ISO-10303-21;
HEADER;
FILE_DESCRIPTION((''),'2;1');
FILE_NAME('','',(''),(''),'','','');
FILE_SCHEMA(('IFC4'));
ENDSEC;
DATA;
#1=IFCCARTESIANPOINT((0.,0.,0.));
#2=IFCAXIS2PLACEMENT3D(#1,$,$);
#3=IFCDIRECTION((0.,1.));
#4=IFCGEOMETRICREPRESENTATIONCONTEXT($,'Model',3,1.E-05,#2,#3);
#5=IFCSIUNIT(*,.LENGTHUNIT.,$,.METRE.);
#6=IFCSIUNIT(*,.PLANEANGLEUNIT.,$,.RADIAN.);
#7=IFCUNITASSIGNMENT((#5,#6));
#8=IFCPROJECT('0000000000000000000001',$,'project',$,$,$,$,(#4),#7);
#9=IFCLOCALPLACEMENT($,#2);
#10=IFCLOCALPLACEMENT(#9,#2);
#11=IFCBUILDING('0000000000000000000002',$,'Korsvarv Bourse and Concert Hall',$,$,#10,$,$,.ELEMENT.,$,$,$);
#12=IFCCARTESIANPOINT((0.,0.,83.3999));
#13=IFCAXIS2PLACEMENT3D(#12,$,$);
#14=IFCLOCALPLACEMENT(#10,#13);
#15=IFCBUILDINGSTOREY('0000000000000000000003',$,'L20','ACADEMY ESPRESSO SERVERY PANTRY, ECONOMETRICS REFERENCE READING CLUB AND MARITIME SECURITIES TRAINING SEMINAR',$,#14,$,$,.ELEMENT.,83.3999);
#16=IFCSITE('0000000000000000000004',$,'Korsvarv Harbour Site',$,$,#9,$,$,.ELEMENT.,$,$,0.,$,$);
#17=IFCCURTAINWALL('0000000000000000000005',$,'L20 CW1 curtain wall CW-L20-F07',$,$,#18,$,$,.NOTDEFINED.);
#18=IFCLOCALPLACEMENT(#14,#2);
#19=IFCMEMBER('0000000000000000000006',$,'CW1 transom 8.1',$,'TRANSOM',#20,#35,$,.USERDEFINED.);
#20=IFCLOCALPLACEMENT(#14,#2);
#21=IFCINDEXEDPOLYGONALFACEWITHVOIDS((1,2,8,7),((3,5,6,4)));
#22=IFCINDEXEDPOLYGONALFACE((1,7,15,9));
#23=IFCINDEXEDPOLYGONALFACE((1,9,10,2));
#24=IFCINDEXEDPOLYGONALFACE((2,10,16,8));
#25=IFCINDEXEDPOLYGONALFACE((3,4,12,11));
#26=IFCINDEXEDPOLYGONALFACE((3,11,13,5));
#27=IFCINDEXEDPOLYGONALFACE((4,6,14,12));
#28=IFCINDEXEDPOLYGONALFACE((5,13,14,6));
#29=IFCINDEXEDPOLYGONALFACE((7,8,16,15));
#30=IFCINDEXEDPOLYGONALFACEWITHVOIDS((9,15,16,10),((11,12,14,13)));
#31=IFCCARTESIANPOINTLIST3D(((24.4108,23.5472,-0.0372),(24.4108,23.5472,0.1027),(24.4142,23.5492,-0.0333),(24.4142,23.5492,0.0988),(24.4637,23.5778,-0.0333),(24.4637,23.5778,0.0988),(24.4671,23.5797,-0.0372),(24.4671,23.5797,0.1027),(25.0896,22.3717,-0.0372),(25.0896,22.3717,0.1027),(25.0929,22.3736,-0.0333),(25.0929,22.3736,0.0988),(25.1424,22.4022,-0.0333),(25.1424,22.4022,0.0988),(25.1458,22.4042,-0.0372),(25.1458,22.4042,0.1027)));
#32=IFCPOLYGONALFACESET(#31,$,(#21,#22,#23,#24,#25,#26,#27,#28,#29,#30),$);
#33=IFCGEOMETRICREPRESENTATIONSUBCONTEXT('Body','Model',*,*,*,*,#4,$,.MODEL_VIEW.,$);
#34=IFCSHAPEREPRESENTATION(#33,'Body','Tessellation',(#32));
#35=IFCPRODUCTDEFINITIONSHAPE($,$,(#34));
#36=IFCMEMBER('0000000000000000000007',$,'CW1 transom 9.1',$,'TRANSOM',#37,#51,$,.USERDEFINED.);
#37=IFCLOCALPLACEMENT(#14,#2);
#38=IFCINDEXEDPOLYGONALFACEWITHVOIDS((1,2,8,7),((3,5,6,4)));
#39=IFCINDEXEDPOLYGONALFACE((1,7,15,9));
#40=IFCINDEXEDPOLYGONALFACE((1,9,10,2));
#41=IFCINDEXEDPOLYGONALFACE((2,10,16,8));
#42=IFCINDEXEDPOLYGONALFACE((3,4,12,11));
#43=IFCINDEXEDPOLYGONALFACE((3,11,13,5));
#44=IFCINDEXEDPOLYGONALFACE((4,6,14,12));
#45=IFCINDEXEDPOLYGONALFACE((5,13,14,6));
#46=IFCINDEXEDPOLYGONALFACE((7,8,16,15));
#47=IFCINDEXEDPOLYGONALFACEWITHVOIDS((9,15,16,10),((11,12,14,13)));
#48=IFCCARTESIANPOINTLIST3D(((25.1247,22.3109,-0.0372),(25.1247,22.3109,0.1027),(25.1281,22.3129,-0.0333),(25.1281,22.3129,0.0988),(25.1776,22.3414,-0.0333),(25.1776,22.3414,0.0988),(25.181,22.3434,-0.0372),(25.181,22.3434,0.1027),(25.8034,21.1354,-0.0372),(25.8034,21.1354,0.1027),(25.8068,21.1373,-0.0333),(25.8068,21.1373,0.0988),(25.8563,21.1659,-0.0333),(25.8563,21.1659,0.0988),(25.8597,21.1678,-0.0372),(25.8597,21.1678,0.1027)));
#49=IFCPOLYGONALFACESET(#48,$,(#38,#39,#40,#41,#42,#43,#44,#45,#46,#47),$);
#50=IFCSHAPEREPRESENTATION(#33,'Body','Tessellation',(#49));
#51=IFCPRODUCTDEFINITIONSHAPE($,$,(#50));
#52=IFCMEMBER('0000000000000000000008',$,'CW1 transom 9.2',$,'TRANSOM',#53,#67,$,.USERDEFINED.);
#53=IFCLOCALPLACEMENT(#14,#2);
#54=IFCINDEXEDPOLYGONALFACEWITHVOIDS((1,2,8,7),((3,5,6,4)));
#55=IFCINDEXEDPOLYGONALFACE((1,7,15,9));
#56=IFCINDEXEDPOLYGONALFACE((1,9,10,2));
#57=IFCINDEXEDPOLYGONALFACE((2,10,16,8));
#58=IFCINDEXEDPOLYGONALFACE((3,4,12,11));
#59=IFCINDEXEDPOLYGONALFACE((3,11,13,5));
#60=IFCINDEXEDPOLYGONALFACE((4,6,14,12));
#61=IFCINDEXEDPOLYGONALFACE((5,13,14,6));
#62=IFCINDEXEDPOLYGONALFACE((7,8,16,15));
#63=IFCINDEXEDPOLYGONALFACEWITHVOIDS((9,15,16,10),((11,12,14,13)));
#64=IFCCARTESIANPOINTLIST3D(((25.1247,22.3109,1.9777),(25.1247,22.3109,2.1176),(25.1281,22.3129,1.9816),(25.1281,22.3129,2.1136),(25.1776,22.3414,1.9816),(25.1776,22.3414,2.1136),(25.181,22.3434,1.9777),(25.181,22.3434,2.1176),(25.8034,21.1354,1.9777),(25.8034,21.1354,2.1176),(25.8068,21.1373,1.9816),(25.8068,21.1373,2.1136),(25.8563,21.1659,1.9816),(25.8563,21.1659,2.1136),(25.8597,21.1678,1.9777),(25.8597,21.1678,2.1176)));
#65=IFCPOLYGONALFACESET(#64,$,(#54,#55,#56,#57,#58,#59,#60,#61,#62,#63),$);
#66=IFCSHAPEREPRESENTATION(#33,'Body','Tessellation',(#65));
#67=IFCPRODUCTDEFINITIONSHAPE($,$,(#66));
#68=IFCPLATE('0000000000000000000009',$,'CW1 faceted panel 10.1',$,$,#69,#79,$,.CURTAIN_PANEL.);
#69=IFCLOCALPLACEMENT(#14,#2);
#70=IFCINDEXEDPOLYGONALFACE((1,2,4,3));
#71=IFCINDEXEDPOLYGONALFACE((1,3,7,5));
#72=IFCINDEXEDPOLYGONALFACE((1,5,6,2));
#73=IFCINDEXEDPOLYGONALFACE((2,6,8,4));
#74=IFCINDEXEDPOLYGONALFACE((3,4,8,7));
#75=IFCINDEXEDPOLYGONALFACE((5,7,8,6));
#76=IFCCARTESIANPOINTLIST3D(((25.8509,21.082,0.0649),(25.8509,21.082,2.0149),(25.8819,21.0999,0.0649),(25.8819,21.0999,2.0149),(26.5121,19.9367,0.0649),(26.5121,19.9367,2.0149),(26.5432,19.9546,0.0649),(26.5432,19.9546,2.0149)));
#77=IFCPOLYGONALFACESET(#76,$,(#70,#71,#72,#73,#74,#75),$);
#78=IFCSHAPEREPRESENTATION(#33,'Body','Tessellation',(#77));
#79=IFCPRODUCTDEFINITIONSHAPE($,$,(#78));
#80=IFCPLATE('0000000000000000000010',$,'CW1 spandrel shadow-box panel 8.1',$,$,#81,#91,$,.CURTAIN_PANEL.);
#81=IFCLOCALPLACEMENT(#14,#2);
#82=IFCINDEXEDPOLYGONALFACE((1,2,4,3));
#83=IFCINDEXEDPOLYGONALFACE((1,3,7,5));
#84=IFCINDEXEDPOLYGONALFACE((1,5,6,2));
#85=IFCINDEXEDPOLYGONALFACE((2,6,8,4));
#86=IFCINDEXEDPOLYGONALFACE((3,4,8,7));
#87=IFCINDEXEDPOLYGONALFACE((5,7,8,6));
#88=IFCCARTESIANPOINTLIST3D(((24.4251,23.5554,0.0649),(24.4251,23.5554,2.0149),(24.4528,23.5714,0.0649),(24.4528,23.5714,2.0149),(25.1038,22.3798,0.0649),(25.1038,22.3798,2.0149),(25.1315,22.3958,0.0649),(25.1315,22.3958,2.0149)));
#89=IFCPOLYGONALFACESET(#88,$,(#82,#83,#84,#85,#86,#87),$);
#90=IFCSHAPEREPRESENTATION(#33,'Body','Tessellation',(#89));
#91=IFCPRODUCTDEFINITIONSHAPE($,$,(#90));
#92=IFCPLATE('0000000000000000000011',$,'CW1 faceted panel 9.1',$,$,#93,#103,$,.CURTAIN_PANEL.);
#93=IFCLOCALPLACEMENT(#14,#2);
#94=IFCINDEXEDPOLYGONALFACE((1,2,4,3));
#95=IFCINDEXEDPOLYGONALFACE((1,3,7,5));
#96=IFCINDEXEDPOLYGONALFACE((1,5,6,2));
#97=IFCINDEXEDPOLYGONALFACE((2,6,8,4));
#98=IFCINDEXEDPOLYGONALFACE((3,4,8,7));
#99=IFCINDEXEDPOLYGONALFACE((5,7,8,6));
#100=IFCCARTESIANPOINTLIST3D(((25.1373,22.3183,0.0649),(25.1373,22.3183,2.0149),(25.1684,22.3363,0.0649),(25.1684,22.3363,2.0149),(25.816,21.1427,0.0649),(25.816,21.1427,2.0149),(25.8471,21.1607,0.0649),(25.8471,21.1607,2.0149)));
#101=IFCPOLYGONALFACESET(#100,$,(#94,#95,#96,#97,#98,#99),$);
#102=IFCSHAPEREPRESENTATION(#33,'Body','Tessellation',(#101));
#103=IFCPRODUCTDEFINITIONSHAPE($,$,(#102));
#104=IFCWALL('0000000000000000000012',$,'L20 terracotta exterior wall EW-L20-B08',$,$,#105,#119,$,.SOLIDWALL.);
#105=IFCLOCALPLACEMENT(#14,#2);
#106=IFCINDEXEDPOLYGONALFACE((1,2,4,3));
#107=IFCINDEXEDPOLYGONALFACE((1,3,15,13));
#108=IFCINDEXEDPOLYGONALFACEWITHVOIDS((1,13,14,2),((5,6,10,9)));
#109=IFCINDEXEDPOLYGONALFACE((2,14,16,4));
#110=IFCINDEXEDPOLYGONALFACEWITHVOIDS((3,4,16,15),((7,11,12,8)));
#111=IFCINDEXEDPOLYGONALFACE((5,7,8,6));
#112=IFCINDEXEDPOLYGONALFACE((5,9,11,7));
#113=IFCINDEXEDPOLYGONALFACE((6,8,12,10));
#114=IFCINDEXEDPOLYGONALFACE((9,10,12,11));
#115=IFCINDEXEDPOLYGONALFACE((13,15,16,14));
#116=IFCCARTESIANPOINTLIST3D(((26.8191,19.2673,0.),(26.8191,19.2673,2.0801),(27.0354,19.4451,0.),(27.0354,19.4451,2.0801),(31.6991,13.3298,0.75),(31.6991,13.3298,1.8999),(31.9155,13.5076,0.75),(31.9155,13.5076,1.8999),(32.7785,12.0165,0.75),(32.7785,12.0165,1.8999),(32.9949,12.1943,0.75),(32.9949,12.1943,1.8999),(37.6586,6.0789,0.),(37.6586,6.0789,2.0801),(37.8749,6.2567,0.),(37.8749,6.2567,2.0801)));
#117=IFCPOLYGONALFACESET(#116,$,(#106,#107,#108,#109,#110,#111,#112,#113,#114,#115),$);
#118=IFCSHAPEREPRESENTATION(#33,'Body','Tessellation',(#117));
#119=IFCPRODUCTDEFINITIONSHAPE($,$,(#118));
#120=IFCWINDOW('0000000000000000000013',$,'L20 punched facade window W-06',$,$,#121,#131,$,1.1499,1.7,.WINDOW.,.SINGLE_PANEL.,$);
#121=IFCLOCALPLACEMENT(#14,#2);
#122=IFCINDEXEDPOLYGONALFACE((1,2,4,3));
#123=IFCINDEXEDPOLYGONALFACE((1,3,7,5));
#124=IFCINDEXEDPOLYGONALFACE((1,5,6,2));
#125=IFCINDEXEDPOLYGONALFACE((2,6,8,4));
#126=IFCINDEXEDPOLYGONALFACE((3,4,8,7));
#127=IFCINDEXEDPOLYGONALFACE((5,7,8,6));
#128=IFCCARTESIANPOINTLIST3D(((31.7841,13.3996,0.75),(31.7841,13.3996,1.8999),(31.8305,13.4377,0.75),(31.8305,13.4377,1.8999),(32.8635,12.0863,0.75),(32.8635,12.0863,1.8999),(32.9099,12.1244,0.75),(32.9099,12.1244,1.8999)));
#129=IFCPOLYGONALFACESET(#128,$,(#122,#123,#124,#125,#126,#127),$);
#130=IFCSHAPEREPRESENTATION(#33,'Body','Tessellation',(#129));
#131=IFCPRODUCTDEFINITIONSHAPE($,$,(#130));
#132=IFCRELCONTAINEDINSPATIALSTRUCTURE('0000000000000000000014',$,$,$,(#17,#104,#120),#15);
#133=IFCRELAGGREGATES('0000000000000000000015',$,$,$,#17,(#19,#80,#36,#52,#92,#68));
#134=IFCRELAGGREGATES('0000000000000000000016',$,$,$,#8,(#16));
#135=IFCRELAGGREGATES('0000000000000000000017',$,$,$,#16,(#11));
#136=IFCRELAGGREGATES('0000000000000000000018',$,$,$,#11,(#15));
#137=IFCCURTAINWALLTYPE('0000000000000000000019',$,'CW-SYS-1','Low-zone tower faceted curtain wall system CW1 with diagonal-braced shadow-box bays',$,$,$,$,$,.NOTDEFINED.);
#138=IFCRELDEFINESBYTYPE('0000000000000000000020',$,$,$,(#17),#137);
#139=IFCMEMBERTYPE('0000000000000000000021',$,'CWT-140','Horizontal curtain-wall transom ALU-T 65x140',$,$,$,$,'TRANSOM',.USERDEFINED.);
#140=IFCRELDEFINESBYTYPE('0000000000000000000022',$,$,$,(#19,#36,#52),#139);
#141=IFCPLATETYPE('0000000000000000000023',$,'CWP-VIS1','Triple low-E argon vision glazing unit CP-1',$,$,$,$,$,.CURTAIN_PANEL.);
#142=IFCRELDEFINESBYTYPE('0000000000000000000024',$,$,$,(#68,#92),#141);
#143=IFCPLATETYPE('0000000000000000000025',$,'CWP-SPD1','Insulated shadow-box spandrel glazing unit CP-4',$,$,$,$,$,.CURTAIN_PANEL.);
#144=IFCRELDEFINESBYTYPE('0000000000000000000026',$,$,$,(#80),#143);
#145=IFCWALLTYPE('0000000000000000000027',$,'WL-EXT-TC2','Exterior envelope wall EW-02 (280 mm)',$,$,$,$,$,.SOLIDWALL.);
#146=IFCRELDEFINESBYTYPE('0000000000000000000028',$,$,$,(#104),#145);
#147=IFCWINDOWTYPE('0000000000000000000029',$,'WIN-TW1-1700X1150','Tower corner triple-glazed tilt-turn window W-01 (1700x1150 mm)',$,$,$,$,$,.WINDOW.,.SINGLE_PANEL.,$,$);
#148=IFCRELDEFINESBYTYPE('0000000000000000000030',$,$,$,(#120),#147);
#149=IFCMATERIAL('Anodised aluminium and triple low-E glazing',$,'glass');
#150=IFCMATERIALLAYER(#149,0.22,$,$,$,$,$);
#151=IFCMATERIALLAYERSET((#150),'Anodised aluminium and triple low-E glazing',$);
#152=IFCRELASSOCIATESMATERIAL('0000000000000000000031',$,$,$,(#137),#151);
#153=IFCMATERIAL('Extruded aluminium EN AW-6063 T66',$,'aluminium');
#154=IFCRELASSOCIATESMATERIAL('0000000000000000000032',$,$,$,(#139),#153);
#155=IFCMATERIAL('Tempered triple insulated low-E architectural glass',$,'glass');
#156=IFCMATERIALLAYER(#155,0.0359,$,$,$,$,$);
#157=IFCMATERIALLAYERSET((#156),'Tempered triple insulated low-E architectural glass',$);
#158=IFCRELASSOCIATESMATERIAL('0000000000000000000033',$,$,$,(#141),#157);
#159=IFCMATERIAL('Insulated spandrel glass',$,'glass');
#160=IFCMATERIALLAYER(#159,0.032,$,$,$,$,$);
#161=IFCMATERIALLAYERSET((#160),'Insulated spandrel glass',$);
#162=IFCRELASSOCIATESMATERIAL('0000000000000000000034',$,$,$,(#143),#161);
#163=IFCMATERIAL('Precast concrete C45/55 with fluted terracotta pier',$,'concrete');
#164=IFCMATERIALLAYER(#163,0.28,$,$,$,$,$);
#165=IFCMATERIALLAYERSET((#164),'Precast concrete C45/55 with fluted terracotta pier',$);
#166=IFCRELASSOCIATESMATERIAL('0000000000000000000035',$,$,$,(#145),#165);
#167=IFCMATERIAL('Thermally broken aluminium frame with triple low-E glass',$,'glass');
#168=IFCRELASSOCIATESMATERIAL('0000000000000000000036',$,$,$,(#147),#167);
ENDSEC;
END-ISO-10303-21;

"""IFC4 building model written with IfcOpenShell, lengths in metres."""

from ifc_helpers import new_model, si_unit, direction, frame, frame_2d, origin, origin_2d, place, context, subcontext, project, spatial, rectangle, hollow_rectangle, extrude, source, transform, mapped, material, layer, layer_set, material_profile, profile_set, type_object, element, fill, aggregate, save


model = new_model("IFC4")

# Units and contexts
model_context = context("Model", 3, precision=1e-05, world=origin(), true_north=direction((0.0, 1.0)))
body_context = subcontext(model_context, "Body", "Model", "MODEL_VIEW")
ifc_project = project(units=[si_unit("LENGTHUNIT", "METRE"), si_unit("PLANEANGLEUNIT", "RADIAN")], contexts=[model_context])

# Site, building, storey
site_placement = place(None, origin())
site = spatial("IfcSite", under=ifc_project, at=site_placement, Name="Korsvarv Harbour Site", CompositionType="ELEMENT", RefElevation=0.0)
building_placement = place(site_placement, origin())
building = spatial("IfcBuilding", under=site, at=building_placement, Name="Korsvarv Bourse and Concert Hall", CompositionType="ELEMENT")
storey_placement = place(building_placement, frame((0.0, 0.0, 83.3999)))
storey = spatial("IfcBuildingStorey", under=building, at=storey_placement, Name="L20", Description="ACADEMY ESPRESSO SERVERY PANTRY, ECONOMETRICS REFERENCE READING CLUB AND MARITIME SECURITIES TRAINING SEMINAR", CompositionType="ELEMENT", Elevation=83.3999)

# Curtain wall, members, plates
ifc_material_1 = material(Name="Anodised aluminium and triple low-E glazing", Category="glass")
ifc_layer_1 = layer(ifc_material_1, 0.22)
ifc_layer_set_1 = layer_set([ifc_layer_1], Name="Anodised aluminium and triple low-E glazing")
curtain_wall_type = type_object("IfcCurtainWallType", Name="CW-SYS-1", Description="Low-zone tower faceted curtain wall system CW1 with diagonal-braced shadow-box bays", PredefinedType="NOTDEFINED", material=ifc_layer_set_1)
curtain_wall_placement = place(storey_placement, origin())
curtain_wall = element("IfcCurtainWall", 1, at=curtain_wall_placement, inside=storey, type_object=curtain_wall_type, Name="L20 CW1 curtain wall CW-L20-F07", PredefinedType="NOTDEFINED")
ifc_material_2 = material(Name="Extruded aluminium EN AW-6063 T66", Category="aluminium")
ifc_material_profile_1 = material_profile(ifc_material_2, hollow_rectangle(XDim=0.0649, YDim=0.1399, WallThickness=0.0039, at=origin_2d()), Name="ALU-T 65x140")
ifc_profile_set_1 = profile_set([ifc_material_profile_1], Name="Extruded aluminium EN AW-6063 T66")
member_type_1 = type_object("IfcMemberType", Name="CWT-140", Description="Horizontal curtain-wall transom ALU-T 65x140", ElementType="TRANSOM", PredefinedType="USERDEFINED", material=ifc_profile_set_1)
shared_shape_1 = source(origin(), body_context, "Body", "SweptSolid", [
    extrude(hollow_rectangle(XDim=0.0649, YDim=0.1399, WallThickness=0.0039, at=origin_2d()), origin(), (0.0, 0.0, 1.0), 1.3574),
])
member_1_placement = place(storey_placement, frame((24.439, 23.5635, 0.0327), z_axis=(0.500008, -0.866021, 0.0), x_axis=(0.866021, 0.500008, 0.0)))
member_1 = element("IfcMember", 2, at=member_1_placement, type_object=member_type_1, Name="CW1 transom 8.1", ObjectType="TRANSOM", PredefinedType="USERDEFINED", context=body_context, shape_type="MappedRepresentation", body=[
    mapped(shared_shape_1, transform((0.0, 0.0, 0.0), scale=1.0)),
])
member_2_placement = place(storey_placement, frame((25.1528, 22.3271, 0.0327), z_axis=(0.500008, -0.866021, 0.0), x_axis=(0.866021, 0.500008, 0.0)))
member_2 = element("IfcMember", 3, at=member_2_placement, type_object=member_type_1, Name="CW1 transom 9.1", ObjectType="TRANSOM", PredefinedType="USERDEFINED", context=body_context, shape_type="MappedRepresentation", body=[
    mapped(shared_shape_1, transform((0.0, 0.0, 0.0), scale=1.0)),
])
member_3_placement = place(storey_placement, frame((25.1528, 22.3271, 2.0476), z_axis=(0.500008, -0.866021, 0.0), x_axis=(0.866021, 0.500008, 0.0)))
member_3 = element("IfcMember", 4, at=member_3_placement, type_object=member_type_1, Name="CW1 transom 9.2", ObjectType="TRANSOM", PredefinedType="USERDEFINED", context=body_context, shape_type="MappedRepresentation", body=[
    mapped(shared_shape_1, transform((0.0, 0.0, 0.0), scale=1.0)),
])
ifc_material_3 = material(Name="Tempered triple insulated low-E architectural glass", Category="glass")
ifc_layer_2 = layer(ifc_material_3, 0.0359)
ifc_layer_set_2 = layer_set([ifc_layer_2], Name="Tempered triple insulated low-E architectural glass")
plate_type_1 = type_object("IfcPlateType", Name="CWP-VIS1", Description="Triple low-E argon vision glazing unit CP-1", PredefinedType="CURTAIN_PANEL", material=ifc_layer_set_2)
shared_shape_2 = source(origin(), body_context, "Body", "SweptSolid", [
    extrude(rectangle(XDim=1.3225, YDim=0.0359, at=origin_2d()), origin(), (0.0, 0.0, 1.0), 1.95),
])
plate_1_placement = place(storey_placement, frame((26.197, 20.5183, 0.0649), z_axis=(0.0, 0.0, 1.0), x_axis=(0.500002, -0.866024, 0.0)))
plate_1 = element("IfcPlate", 5, at=plate_1_placement, type_object=plate_type_1, Name="CW1 faceted panel 10.1", PredefinedType="CURTAIN_PANEL", context=body_context, shape_type="MappedRepresentation", body=[
    mapped(shared_shape_2, transform((0.0, 0.0, 0.0), scale=1.0)),
])
ifc_material_4 = material(Name="Insulated spandrel glass", Category="glass")
ifc_layer_3 = layer(ifc_material_4, 0.032)
ifc_layer_set_3 = layer_set([ifc_layer_3], Name="Insulated spandrel glass")
plate_type_2 = type_object("IfcPlateType", Name="CWP-SPD1", Description="Insulated shadow-box spandrel glazing unit CP-4", PredefinedType="CURTAIN_PANEL", material=ifc_layer_set_3)
shared_shape_3 = source(origin(), body_context, "Body", "SweptSolid", [
    extrude(rectangle(XDim=1.3574, YDim=0.032, at=origin_2d()), origin(), (0.0, 0.0, 1.0), 1.95),
])
plate_2_placement = place(storey_placement, frame((24.7783, 22.9756, 0.0649), z_axis=(0.0, 0.0, 1.0), x_axis=(0.500002, -0.866024, 0.0)))
plate_2 = element("IfcPlate", 6, at=plate_2_placement, type_object=plate_type_2, Name="CW1 spandrel shadow-box panel 8.1", PredefinedType="CURTAIN_PANEL", context=body_context, shape_type="MappedRepresentation", body=[
    mapped(shared_shape_3, transform((0.0, 0.0, 0.0), scale=1.0)),
])
shared_shape_4 = source(origin(), body_context, "Body", "SweptSolid", [
    extrude(rectangle(XDim=1.3574, YDim=0.0359, at=origin_2d()), origin(), (0.0, 0.0, 1.0), 1.95),
])
plate_3_placement = place(storey_placement, frame((25.4922, 21.7395, 0.0649), z_axis=(0.0, 0.0, 1.0), x_axis=(0.500002, -0.866024, 0.0)))
plate_3 = element("IfcPlate", 7, at=plate_3_placement, type_object=plate_type_1, Name="CW1 faceted panel 9.1", PredefinedType="CURTAIN_PANEL", context=body_context, shape_type="MappedRepresentation", body=[
    mapped(shared_shape_4, transform((0.0, 0.0, 0.0), scale=1.0)),
])
aggregate(curtain_wall, [member_1, plate_2, member_2, member_3, plate_3, plate_1])

# Wall, opening, window
ifc_material_5 = material(Name="Precast concrete C45/55 with fluted terracotta pier", Category="concrete")
ifc_layer_4 = layer(ifc_material_5, 0.28)
ifc_layer_set_4 = layer_set([ifc_layer_4], Name="Precast concrete C45/55 with fluted terracotta pier")
wall_type_1 = type_object("IfcWallType", Name="WL-EXT-TC2", Description="Exterior envelope wall EW-02 (280 mm)", PredefinedType="SOLIDWALL", material=ifc_layer_set_4)
wall_1_placement = place(storey_placement, frame((26.9272, 19.3562, 0.0), z_axis=(0.0, 0.0, 1.0), x_axis=(0.634957, -0.772548, 0.0)))
wall_1 = element("IfcWall", 8, at=wall_1_placement, inside=storey, type_object=wall_type_1, Name="L20 terracotta exterior wall EW-L20-B08", PredefinedType="SOLIDWALL", context=body_context, shape_type="SweptSolid", body=[
    extrude(rectangle(XDim=17.0713, YDim=0.28, at=frame_2d((8.5356, 0.0))), origin(), (0.0, 0.0, 1.0), 2.0801),
])
opening_1_placement = place(wall_1_placement, frame((7.6855, 0.0, 0.75)))
opening_1 = element("IfcOpeningElement", 9, at=opening_1_placement, cuts=wall_1, PredefinedType="OPENING", context=body_context, shape_type="SweptSolid", body=[
    extrude(rectangle(XDim=1.7, YDim=1.1499, at=frame_2d((0.8501, 0.575))), frame((0.0, 0.1499, 0.0), z_axis=(0.0, -1.0, 0.0), x_axis=(1.0, 0.0, 0.0)), (0.0, 0.0, 1.0), 0.3),
])
ifc_material_6 = material(Name="Thermally broken aluminium frame with triple low-E glass", Category="glass")
window_type = type_object("IfcWindowType", Name="WIN-TW1-1700X1150", Description="Tower corner triple-glazed tilt-turn window W-01 (1700x1150 mm)", PartitioningType="SINGLE_PANEL", PredefinedType="WINDOW", material=ifc_material_6)
window_placement = place(opening_1_placement, origin())
window = element("IfcWindow", 10, at=window_placement, inside=storey, type_object=window_type, Name="L20 punched facade window W-06", OverallHeight=1.1499, OverallWidth=1.7, PartitioningType="SINGLE_PANEL", PredefinedType="WINDOW", context=body_context, shape_type="SweptSolid", body=[
    extrude(rectangle(XDim=1.7, YDim=1.1499, at=frame_2d((0.8501, 0.575))), frame((0.0, 0.03, 0.0), z_axis=(0.0, -1.0, 0.0), x_axis=(1.0, 0.0, 0.0)), (0.0, 0.0, 1.0), 0.0601),
])
fill(opening_1, window)

save(model, "model.ifc")
